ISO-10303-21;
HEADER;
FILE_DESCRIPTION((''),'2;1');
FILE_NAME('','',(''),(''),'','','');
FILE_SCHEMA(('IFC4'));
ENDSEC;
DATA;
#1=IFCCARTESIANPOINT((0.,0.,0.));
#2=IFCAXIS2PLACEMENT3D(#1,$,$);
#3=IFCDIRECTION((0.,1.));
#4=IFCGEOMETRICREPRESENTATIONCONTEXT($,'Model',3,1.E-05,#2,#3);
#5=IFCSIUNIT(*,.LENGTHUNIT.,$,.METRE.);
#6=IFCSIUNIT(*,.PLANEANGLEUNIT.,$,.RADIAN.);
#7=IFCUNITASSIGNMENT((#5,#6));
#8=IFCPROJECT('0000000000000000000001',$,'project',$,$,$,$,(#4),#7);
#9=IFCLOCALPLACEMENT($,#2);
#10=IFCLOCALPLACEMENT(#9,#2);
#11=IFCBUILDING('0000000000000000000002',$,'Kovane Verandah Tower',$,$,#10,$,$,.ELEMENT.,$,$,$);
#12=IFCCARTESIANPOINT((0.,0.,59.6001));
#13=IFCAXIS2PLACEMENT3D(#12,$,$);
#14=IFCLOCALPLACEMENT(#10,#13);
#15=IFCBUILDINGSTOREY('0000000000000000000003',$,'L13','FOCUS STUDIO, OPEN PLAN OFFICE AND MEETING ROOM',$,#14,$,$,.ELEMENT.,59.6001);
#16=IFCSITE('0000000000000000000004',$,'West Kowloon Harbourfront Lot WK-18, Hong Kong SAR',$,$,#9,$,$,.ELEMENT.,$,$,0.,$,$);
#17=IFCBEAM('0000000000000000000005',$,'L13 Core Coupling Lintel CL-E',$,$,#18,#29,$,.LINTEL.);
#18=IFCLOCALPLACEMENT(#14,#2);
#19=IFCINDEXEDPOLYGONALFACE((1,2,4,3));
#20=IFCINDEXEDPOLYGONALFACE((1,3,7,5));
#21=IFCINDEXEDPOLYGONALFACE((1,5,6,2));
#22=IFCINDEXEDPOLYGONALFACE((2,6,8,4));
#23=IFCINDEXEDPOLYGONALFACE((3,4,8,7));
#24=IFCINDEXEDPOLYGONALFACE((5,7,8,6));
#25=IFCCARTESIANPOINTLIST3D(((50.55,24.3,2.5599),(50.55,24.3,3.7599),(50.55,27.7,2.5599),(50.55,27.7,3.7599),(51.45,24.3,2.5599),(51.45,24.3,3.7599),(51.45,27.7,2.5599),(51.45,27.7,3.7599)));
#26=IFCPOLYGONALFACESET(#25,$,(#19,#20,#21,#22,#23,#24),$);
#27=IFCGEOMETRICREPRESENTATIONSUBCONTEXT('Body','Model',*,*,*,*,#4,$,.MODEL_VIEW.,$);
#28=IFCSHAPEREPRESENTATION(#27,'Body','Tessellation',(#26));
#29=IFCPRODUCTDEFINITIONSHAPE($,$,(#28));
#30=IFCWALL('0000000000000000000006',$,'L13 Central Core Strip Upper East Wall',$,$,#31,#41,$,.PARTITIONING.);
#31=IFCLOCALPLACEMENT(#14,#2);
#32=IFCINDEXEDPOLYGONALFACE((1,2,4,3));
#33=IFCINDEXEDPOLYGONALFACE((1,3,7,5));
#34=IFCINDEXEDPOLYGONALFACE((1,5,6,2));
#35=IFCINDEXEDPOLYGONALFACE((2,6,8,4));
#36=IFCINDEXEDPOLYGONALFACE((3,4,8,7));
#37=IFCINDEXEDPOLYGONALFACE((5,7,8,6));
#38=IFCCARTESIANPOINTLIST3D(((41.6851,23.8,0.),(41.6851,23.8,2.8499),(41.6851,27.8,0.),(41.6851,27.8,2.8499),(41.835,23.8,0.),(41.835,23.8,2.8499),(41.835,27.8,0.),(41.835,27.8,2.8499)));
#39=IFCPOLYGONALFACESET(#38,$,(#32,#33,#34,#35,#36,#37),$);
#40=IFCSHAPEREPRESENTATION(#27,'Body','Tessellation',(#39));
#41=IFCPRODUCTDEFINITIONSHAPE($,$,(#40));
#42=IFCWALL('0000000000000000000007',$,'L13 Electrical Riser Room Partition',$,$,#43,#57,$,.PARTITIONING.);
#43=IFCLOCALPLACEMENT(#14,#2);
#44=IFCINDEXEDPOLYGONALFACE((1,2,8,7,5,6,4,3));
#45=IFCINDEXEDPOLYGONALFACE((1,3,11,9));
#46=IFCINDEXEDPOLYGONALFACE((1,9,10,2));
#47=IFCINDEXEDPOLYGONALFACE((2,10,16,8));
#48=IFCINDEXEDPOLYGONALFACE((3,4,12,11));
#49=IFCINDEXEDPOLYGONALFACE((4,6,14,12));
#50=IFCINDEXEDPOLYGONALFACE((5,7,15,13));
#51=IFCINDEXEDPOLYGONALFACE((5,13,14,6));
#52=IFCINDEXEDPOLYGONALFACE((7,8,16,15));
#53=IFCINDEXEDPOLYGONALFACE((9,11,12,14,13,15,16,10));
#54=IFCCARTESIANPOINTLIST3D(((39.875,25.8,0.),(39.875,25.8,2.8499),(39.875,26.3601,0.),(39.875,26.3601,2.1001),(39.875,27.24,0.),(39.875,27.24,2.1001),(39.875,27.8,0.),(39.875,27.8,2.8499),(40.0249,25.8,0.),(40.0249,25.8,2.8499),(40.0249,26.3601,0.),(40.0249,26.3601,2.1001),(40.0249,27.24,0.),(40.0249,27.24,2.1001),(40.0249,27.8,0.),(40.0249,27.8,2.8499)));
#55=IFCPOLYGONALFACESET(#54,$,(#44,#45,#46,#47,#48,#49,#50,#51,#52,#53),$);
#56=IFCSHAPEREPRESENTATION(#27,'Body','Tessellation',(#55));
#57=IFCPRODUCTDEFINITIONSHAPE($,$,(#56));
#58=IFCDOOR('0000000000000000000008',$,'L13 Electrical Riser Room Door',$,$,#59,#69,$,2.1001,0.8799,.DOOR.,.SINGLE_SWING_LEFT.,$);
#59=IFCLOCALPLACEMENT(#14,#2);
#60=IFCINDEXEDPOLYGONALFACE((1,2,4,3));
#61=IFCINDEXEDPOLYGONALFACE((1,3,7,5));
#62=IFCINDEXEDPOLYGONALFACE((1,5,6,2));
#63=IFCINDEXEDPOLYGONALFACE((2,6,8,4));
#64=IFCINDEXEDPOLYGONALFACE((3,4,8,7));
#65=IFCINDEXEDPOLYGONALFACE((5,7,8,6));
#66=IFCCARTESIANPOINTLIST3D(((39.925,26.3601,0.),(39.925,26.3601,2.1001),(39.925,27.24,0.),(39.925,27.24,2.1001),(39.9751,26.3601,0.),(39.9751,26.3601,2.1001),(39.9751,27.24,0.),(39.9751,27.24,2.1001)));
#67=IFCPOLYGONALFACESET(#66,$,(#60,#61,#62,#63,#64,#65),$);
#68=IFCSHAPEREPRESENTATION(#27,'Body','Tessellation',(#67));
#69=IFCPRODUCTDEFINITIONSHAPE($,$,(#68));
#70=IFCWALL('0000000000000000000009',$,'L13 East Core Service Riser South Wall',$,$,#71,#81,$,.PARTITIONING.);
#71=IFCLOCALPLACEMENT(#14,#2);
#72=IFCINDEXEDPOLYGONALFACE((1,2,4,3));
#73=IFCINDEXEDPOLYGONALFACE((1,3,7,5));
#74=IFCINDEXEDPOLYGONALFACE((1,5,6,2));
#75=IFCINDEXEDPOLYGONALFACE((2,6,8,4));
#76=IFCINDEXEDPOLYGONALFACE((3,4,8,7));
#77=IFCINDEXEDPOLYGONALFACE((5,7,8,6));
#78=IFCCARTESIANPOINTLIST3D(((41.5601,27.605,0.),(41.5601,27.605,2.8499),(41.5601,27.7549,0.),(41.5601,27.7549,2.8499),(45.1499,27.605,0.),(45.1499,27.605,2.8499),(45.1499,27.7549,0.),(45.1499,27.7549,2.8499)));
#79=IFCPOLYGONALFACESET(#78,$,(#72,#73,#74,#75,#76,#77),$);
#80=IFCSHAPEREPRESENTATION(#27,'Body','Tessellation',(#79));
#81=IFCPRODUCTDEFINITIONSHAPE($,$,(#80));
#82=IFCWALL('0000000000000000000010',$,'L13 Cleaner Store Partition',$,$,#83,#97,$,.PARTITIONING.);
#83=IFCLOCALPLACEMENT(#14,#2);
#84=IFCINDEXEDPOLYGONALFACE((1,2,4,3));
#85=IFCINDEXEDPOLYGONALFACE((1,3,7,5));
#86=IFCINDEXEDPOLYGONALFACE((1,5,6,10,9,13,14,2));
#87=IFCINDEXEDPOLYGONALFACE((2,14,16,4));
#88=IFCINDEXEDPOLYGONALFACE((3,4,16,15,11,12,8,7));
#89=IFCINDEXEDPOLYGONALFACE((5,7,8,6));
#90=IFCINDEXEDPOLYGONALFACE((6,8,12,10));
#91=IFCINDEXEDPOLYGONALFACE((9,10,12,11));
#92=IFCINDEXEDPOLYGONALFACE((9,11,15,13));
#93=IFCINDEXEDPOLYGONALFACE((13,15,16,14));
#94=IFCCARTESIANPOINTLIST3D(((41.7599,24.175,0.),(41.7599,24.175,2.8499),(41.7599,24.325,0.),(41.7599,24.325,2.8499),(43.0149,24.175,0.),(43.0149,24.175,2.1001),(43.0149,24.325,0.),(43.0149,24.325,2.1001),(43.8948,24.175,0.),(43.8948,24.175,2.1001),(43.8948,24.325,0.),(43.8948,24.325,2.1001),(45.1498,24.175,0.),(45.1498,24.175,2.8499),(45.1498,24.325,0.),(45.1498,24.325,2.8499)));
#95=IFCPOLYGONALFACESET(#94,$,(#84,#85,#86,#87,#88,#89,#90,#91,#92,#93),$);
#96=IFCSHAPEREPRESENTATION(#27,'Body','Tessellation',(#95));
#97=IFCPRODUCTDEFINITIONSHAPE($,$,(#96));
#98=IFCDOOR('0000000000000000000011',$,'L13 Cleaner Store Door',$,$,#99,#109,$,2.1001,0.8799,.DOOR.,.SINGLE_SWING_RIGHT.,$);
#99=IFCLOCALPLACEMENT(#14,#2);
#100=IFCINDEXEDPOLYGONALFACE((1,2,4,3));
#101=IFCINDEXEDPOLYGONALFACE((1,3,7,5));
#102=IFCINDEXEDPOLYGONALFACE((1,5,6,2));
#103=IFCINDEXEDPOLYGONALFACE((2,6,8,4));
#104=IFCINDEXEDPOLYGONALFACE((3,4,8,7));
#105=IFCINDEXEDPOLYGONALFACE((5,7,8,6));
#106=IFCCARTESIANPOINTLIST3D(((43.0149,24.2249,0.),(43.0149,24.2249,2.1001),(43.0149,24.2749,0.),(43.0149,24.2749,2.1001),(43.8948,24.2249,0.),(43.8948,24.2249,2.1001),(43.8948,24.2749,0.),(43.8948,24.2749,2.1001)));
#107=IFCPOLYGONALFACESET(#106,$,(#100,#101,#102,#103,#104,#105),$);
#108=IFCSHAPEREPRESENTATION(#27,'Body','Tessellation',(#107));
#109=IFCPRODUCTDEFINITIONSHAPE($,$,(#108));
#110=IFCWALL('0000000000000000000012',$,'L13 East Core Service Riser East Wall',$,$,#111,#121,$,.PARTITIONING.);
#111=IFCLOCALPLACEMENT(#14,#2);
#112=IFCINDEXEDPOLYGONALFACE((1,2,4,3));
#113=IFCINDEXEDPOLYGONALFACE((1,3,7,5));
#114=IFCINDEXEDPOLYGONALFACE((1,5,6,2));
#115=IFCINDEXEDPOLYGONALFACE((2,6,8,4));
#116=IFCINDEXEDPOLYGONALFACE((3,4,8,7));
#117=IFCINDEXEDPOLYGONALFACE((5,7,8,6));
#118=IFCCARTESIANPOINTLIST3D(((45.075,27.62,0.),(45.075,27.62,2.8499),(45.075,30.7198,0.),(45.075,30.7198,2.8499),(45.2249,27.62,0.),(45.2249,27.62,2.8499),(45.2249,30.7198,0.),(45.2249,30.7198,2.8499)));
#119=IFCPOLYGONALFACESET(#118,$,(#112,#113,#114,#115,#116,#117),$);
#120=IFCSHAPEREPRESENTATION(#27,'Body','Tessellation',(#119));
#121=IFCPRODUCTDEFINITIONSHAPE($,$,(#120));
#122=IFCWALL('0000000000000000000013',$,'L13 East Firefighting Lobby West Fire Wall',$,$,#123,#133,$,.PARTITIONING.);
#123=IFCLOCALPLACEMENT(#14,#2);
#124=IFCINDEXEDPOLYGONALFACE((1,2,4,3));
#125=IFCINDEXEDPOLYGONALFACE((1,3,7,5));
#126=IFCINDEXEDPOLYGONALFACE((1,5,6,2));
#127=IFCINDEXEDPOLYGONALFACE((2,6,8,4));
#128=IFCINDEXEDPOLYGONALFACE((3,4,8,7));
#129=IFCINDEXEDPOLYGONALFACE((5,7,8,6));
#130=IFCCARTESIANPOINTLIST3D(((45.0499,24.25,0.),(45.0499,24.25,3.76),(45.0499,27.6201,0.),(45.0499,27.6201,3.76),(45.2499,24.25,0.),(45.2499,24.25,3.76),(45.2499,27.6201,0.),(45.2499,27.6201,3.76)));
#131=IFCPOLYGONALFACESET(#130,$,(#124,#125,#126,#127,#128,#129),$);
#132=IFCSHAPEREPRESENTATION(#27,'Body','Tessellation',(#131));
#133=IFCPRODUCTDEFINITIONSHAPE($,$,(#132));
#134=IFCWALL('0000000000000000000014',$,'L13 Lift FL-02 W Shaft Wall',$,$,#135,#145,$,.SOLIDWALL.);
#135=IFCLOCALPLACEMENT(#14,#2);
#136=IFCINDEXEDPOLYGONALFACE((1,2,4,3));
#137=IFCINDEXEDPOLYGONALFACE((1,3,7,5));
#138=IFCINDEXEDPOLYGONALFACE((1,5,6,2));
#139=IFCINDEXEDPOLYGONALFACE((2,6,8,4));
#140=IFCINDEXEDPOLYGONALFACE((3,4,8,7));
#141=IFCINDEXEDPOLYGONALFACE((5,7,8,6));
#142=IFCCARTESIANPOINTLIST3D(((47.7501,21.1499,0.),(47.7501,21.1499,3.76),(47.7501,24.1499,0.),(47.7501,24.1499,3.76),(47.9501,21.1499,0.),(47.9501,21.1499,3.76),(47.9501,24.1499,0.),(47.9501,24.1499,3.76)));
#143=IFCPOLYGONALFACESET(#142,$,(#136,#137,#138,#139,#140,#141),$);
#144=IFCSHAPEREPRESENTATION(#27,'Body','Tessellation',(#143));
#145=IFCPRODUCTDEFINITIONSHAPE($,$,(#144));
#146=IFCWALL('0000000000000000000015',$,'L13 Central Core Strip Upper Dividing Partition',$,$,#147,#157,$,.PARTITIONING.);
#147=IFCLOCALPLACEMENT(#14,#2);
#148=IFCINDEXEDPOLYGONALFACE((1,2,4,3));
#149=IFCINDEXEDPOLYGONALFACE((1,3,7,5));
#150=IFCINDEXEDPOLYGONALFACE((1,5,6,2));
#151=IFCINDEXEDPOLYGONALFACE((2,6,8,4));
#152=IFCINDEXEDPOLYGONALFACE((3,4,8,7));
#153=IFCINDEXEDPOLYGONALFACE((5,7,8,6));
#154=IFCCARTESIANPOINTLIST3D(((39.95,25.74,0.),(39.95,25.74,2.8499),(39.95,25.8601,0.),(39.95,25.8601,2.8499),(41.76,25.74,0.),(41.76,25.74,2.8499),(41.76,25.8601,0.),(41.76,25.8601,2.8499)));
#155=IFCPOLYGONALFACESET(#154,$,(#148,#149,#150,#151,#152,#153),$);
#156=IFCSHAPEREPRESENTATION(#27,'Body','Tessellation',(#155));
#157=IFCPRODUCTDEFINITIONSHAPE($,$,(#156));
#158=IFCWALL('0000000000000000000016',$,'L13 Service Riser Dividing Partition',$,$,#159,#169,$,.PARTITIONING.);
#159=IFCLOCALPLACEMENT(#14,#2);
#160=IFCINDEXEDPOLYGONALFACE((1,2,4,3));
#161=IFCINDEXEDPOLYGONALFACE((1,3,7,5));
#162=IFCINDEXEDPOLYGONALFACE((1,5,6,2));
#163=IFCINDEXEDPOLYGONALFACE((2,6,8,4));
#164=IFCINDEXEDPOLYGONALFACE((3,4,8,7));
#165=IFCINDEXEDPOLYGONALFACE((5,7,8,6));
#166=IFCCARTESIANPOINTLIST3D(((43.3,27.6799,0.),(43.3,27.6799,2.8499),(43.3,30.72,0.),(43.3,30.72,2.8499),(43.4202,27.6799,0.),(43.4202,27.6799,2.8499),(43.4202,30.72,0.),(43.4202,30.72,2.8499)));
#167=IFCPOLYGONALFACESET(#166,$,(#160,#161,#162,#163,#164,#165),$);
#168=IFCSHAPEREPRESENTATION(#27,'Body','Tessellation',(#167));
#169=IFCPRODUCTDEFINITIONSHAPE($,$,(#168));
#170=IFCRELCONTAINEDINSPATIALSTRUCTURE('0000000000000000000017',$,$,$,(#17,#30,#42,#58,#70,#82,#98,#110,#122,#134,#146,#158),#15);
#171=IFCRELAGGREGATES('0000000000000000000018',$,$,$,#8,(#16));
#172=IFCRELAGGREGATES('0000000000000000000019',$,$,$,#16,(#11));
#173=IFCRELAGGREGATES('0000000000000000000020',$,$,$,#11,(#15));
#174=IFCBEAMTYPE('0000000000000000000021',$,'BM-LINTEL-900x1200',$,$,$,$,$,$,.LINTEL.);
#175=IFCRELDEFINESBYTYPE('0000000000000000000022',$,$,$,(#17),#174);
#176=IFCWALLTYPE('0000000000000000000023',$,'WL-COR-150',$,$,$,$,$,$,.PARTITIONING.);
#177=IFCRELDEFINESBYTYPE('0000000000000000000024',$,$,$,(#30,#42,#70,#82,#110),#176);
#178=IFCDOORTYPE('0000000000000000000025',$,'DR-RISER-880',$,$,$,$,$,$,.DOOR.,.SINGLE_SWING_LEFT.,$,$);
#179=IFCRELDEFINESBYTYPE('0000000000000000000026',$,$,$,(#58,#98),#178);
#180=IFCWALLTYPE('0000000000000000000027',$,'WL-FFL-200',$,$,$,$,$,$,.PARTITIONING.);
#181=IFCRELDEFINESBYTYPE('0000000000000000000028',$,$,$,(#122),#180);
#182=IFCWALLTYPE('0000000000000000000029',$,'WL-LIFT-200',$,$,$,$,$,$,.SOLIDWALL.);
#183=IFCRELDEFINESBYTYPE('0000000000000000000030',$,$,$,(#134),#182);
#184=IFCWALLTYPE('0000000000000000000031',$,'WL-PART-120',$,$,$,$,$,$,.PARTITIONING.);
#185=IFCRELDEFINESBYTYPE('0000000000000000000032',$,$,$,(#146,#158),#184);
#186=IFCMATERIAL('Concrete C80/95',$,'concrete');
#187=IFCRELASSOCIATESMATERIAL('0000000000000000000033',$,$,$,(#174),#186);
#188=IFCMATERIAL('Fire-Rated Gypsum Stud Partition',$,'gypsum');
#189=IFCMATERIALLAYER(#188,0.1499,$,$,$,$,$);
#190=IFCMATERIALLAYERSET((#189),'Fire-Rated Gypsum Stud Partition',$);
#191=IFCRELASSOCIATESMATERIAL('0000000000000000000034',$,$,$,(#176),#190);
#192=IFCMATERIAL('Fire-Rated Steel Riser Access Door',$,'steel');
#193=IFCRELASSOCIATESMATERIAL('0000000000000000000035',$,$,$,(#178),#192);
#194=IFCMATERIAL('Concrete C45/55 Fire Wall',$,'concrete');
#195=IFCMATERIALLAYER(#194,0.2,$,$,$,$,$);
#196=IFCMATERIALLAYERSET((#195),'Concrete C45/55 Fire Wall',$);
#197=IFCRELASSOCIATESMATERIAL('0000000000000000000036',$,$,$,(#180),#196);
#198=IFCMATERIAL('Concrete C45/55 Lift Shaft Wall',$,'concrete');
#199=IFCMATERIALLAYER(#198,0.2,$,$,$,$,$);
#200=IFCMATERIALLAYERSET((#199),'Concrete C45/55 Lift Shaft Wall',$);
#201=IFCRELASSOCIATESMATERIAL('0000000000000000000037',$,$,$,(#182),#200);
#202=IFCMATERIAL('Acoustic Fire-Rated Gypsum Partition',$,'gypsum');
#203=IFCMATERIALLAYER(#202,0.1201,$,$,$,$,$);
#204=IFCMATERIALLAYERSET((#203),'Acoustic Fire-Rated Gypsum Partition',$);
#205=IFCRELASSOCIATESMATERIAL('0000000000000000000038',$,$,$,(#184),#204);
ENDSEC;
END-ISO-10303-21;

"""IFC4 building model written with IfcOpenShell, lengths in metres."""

from ifc_helpers import new_model, si_unit, direction, frame, frame_2d, origin, origin_2d, place, context, subcontext, project, spatial, rectangle, extrude, material, layer, layer_set, material_profile, profile_set, type_object, element, fill, save


model = new_model("IFC4")

# Units and contexts
model_context = context("Model", 3, precision=1e-05, world=origin(), true_north=direction((0.0, 1.0)))
body_context = subcontext(model_context, "Body", "Model", "MODEL_VIEW")
ifc_project = project(units=[si_unit("LENGTHUNIT", "METRE"), si_unit("PLANEANGLEUNIT", "RADIAN")], contexts=[model_context])

# Site, building, storey
site_placement = place(None, origin())
site = spatial("IfcSite", under=ifc_project, at=site_placement, Name="West Kowloon Harbourfront Lot WK-18, Hong Kong SAR", CompositionType="ELEMENT", RefElevation=0.0)
building_placement = place(site_placement, origin())
building = spatial("IfcBuilding", under=site, at=building_placement, Name="Kovane Verandah Tower", CompositionType="ELEMENT")
storey_placement = place(building_placement, frame((0.0, 0.0, 59.6001)))
storey = spatial("IfcBuildingStorey", under=building, at=storey_placement, Name="L13", Description="FOCUS STUDIO, OPEN PLAN OFFICE AND MEETING ROOM", CompositionType="ELEMENT", Elevation=59.6001)

# Beam
ifc_material_1 = material(Name="Concrete C80/95", Category="concrete")
ifc_material_profile = material_profile(ifc_material_1, rectangle(XDim=0.8999, YDim=1.2, at=origin_2d()), Name="RCB900x1200")
ifc_profile_set = profile_set([ifc_material_profile], Name="Concrete C80/95")
beam_type = type_object("IfcBeamType", Name="BM-LINTEL-900x1200", PredefinedType="LINTEL", material=ifc_profile_set)
beam_placement = place(storey_placement, frame((51.0, 24.3, 3.1599), z_axis=(0.0, 1.0, 0.0), x_axis=(-1.0, 0.0, 0.0)))
element("IfcBeam", 1, at=beam_placement, inside=storey, type_object=beam_type, Name="L13 Core Coupling Lintel CL-E", PredefinedType="LINTEL", context=body_context, shape_type="SweptSolid", body=[
    extrude(rectangle(XDim=0.8999, YDim=1.2, at=origin_2d()), origin(), (0.0, 0.0, 1.0), 3.3999),
])

# Wall
ifc_material_2 = material(Name="Fire-Rated Gypsum Stud Partition", Category="gypsum")
ifc_layer_1 = layer(ifc_material_2, 0.1499)
ifc_layer_set_1 = layer_set([ifc_layer_1], Name="Fire-Rated Gypsum Stud Partition")
wall_type_1 = type_object("IfcWallType", Name="WL-COR-150", PredefinedType="PARTITIONING", material=ifc_layer_set_1)
wall_1_placement = place(storey_placement, frame((41.76, 23.8, 0.0), z_axis=(0.0, 0.0, 1.0), x_axis=(0.0, 1.0, 0.0)))
element("IfcWall", 2, at=wall_1_placement, inside=storey, type_object=wall_type_1, Name="L13 Central Core Strip Upper East Wall", PredefinedType="PARTITIONING", context=body_context, shape_type="SweptSolid", body=[
    extrude(rectangle(XDim=4.0, YDim=0.1499, at=frame_2d((2.0, 0.0))), origin(), (0.0, 0.0, 1.0), 2.8499),
])

# Wall, opening, door
wall_2_placement = place(storey_placement, frame((39.95, 25.8, 0.0), z_axis=(0.0, 0.0, 1.0), x_axis=(0.0, 1.0, 0.0)))
wall_2 = element("IfcWall", 3, at=wall_2_placement, inside=storey, type_object=wall_type_1, Name="L13 Electrical Riser Room Partition", PredefinedType="PARTITIONING", context=body_context, shape_type="SweptSolid", body=[
    extrude(rectangle(XDim=2.0, YDim=0.1499, at=frame_2d((1.0, 0.0))), origin(), (0.0, 0.0, 1.0), 2.8499),
])
opening_1_placement = place(wall_2_placement, frame((0.5601, 0.0, 0.0)))
opening_1 = element("IfcOpeningElement", 4, at=opening_1_placement, cuts=wall_2, PredefinedType="OPENING", context=body_context, shape_type="SweptSolid", body=[
    extrude(rectangle(XDim=0.8799, YDim=2.1001, at=frame_2d((0.4399, 1.05))), frame((0.0, 0.075, 0.0), z_axis=(0.0, -1.0, 0.0), x_axis=(1.0, 0.0, 0.0)), (0.0, 0.0, 1.0), 0.1499),
])
ifc_material_3 = material(Name="Fire-Rated Steel Riser Access Door", Category="steel")
door_type_1 = type_object("IfcDoorType", Name="DR-RISER-880", OperationType="SINGLE_SWING_LEFT", PredefinedType="DOOR", material=ifc_material_3)
door_1_placement = place(opening_1_placement, origin())
door_1 = element("IfcDoor", 5, at=door_1_placement, inside=storey, type_object=door_type_1, Name="L13 Electrical Riser Room Door", OperationType="SINGLE_SWING_LEFT", OverallHeight=2.1001, OverallWidth=0.8799, PredefinedType="DOOR", context=body_context, shape_type="SweptSolid", body=[
    extrude(rectangle(XDim=0.8799, YDim=2.1001, at=frame_2d((0.4399, 1.05))), frame((0.0, 0.0249, 0.0), z_axis=(0.0, -1.0, 0.0), x_axis=(1.0, 0.0, 0.0)), (0.0, 0.0, 1.0), 0.05),
])
fill(opening_1, door_1)

# Wall
wall_3_placement = place(storey_placement, frame((41.5601, 27.6799, 0.0), z_axis=(0.0, 0.0, 1.0), x_axis=(1.0, 0.0, 0.0)))
element("IfcWall", 6, at=wall_3_placement, inside=storey, type_object=wall_type_1, Name="L13 East Core Service Riser South Wall", PredefinedType="PARTITIONING", context=body_context, shape_type="SweptSolid", body=[
    extrude(rectangle(XDim=3.5898, YDim=0.1499, at=frame_2d((1.7949, 0.0))), origin(), (0.0, 0.0, 1.0), 2.8499),
])

# Wall, opening, door
wall_4_placement = place(storey_placement, frame((41.76, 24.25, 0.0), z_axis=(0.0, 0.0, 1.0), x_axis=(1.0, 0.0, 0.0)))
wall_4 = element("IfcWall", 7, at=wall_4_placement, inside=storey, type_object=wall_type_1, Name="L13 Cleaner Store Partition", PredefinedType="PARTITIONING", context=body_context, shape_type="SweptSolid", body=[
    extrude(rectangle(XDim=3.3899, YDim=0.1499, at=frame_2d((1.6948, 0.0))), origin(), (0.0, 0.0, 1.0), 2.8499),
])
opening_2_placement = place(wall_4_placement, frame((1.2549, 0.0, 0.0)))
opening_2 = element("IfcOpeningElement", 8, at=opening_2_placement, cuts=wall_4, PredefinedType="OPENING", context=body_context, shape_type="SweptSolid", body=[
    extrude(rectangle(XDim=0.8799, YDim=2.1001, at=frame_2d((0.4399, 1.05))), frame((0.0, 0.075, 0.0), z_axis=(0.0, -1.0, 0.0), x_axis=(1.0, 0.0, 0.0)), (0.0, 0.0, 1.0), 0.1499),
])
door_2_placement = place(opening_2_placement, origin())
door_2 = element("IfcDoor", 9, at=door_2_placement, inside=storey, type_object=door_type_1, Name="L13 Cleaner Store Door", OperationType="SINGLE_SWING_RIGHT", OverallHeight=2.1001, OverallWidth=0.8799, PredefinedType="DOOR", context=body_context, shape_type="SweptSolid", body=[
    extrude(rectangle(XDim=0.8799, YDim=2.1001, at=frame_2d((0.4399, 1.05))), frame((0.0, 0.0249, 0.0), z_axis=(0.0, -1.0, 0.0), x_axis=(1.0, 0.0, 0.0)), (0.0, 0.0, 1.0), 0.05),
])
fill(opening_2, door_2)

# Walls
wall_5_placement = place(storey_placement, frame((45.1499, 27.6201, 0.0), z_axis=(0.0, 0.0, 1.0), x_axis=(0.0, 1.0, 0.0)))
element("IfcWall", 10, at=wall_5_placement, inside=storey, type_object=wall_type_1, Name="L13 East Core Service Riser East Wall", PredefinedType="PARTITIONING", context=body_context, shape_type="SweptSolid", body=[
    extrude(rectangle(XDim=3.0999, YDim=0.1499, at=frame_2d((1.5498, 0.0))), origin(), (0.0, 0.0, 1.0), 2.8499),
])
ifc_material_4 = material(Name="Concrete C45/55 Fire Wall", Category="concrete")
ifc_layer_2 = layer(ifc_material_4, 0.2)
ifc_layer_set_2 = layer_set([ifc_layer_2], Name="Concrete C45/55 Fire Wall")
wall_type_2 = type_object("IfcWallType", Name="WL-FFL-200", PredefinedType="PARTITIONING", material=ifc_layer_set_2)
wall_6_placement = place(storey_placement, frame((45.1499, 24.25, 0.0), z_axis=(0.0, 0.0, 1.0), x_axis=(0.0, 1.0, 0.0)))
element("IfcWall", 11, at=wall_6_placement, inside=storey, type_object=wall_type_2, Name="L13 East Firefighting Lobby West Fire Wall", PredefinedType="PARTITIONING", context=body_context, shape_type="SweptSolid", body=[
    extrude(rectangle(XDim=3.3701, YDim=0.2, at=frame_2d((1.6851, 0.0))), origin(), (0.0, 0.0, 1.0), 3.76),
])

# Shared definitions
ifc_material_5 = material(Name="Concrete C45/55 Lift Shaft Wall", Category="concrete")
ifc_layer_3 = layer(ifc_material_5, 0.2)
ifc_layer_set_3 = layer_set([ifc_layer_3], Name="Concrete C45/55 Lift Shaft Wall")
wall_type_3 = type_object("IfcWallType", Name="WL-LIFT-200", PredefinedType="SOLIDWALL", material=ifc_layer_set_3)

# Walls
wall_7_placement = place(storey_placement, frame((47.8501, 24.1499, 0.0), z_axis=(0.0, 0.0, 1.0), x_axis=(0.0, -1.0, 0.0)))
element("IfcWall", 12, at=wall_7_placement, inside=storey, type_object=wall_type_3, Name="L13 Lift FL-02 W Shaft Wall", PredefinedType="SOLIDWALL", context=body_context, shape_type="SweptSolid", body=[
    extrude(rectangle(XDim=3.0, YDim=0.2, at=frame_2d((1.5, 0.0))), origin(), (0.0, 0.0, 1.0), 3.76),
])
ifc_material_6 = material(Name="Acoustic Fire-Rated Gypsum Partition", Category="gypsum")
ifc_layer_4 = layer(ifc_material_6, 0.1201)
ifc_layer_set_4 = layer_set([ifc_layer_4], Name="Acoustic Fire-Rated Gypsum Partition")
wall_type_4 = type_object("IfcWallType", Name="WL-PART-120", PredefinedType="PARTITIONING", material=ifc_layer_set_4)
wall_8_placement = place(storey_placement, frame((39.95, 25.8, 0.0), z_axis=(0.0, 0.0, 1.0), x_axis=(1.0, 0.0, 0.0)))
element("IfcWall", 13, at=wall_8_placement, inside=storey, type_object=wall_type_4, Name="L13 Central Core Strip Upper Dividing Partition", PredefinedType="PARTITIONING", context=body_context, shape_type="SweptSolid", body=[
    extrude(rectangle(XDim=1.8101, YDim=0.1201, at=frame_2d((0.905, 0.0))), origin(), (0.0, 0.0, 1.0), 2.8499),
])
wall_9_placement = place(storey_placement, frame((43.3601, 27.6799, 0.0), z_axis=(0.0, 0.0, 1.0), x_axis=(0.0, 1.0, 0.0)))
element("IfcWall", 14, at=wall_9_placement, inside=storey, type_object=wall_type_4, Name="L13 Service Riser Dividing Partition", PredefinedType="PARTITIONING", context=body_context, shape_type="SweptSolid", body=[
    extrude(rectangle(XDim=3.04, YDim=0.1201, at=frame_2d((1.52, 0.0))), origin(), (0.0, 0.0, 1.0), 2.8499),
])

save(model, "model.ifc")
